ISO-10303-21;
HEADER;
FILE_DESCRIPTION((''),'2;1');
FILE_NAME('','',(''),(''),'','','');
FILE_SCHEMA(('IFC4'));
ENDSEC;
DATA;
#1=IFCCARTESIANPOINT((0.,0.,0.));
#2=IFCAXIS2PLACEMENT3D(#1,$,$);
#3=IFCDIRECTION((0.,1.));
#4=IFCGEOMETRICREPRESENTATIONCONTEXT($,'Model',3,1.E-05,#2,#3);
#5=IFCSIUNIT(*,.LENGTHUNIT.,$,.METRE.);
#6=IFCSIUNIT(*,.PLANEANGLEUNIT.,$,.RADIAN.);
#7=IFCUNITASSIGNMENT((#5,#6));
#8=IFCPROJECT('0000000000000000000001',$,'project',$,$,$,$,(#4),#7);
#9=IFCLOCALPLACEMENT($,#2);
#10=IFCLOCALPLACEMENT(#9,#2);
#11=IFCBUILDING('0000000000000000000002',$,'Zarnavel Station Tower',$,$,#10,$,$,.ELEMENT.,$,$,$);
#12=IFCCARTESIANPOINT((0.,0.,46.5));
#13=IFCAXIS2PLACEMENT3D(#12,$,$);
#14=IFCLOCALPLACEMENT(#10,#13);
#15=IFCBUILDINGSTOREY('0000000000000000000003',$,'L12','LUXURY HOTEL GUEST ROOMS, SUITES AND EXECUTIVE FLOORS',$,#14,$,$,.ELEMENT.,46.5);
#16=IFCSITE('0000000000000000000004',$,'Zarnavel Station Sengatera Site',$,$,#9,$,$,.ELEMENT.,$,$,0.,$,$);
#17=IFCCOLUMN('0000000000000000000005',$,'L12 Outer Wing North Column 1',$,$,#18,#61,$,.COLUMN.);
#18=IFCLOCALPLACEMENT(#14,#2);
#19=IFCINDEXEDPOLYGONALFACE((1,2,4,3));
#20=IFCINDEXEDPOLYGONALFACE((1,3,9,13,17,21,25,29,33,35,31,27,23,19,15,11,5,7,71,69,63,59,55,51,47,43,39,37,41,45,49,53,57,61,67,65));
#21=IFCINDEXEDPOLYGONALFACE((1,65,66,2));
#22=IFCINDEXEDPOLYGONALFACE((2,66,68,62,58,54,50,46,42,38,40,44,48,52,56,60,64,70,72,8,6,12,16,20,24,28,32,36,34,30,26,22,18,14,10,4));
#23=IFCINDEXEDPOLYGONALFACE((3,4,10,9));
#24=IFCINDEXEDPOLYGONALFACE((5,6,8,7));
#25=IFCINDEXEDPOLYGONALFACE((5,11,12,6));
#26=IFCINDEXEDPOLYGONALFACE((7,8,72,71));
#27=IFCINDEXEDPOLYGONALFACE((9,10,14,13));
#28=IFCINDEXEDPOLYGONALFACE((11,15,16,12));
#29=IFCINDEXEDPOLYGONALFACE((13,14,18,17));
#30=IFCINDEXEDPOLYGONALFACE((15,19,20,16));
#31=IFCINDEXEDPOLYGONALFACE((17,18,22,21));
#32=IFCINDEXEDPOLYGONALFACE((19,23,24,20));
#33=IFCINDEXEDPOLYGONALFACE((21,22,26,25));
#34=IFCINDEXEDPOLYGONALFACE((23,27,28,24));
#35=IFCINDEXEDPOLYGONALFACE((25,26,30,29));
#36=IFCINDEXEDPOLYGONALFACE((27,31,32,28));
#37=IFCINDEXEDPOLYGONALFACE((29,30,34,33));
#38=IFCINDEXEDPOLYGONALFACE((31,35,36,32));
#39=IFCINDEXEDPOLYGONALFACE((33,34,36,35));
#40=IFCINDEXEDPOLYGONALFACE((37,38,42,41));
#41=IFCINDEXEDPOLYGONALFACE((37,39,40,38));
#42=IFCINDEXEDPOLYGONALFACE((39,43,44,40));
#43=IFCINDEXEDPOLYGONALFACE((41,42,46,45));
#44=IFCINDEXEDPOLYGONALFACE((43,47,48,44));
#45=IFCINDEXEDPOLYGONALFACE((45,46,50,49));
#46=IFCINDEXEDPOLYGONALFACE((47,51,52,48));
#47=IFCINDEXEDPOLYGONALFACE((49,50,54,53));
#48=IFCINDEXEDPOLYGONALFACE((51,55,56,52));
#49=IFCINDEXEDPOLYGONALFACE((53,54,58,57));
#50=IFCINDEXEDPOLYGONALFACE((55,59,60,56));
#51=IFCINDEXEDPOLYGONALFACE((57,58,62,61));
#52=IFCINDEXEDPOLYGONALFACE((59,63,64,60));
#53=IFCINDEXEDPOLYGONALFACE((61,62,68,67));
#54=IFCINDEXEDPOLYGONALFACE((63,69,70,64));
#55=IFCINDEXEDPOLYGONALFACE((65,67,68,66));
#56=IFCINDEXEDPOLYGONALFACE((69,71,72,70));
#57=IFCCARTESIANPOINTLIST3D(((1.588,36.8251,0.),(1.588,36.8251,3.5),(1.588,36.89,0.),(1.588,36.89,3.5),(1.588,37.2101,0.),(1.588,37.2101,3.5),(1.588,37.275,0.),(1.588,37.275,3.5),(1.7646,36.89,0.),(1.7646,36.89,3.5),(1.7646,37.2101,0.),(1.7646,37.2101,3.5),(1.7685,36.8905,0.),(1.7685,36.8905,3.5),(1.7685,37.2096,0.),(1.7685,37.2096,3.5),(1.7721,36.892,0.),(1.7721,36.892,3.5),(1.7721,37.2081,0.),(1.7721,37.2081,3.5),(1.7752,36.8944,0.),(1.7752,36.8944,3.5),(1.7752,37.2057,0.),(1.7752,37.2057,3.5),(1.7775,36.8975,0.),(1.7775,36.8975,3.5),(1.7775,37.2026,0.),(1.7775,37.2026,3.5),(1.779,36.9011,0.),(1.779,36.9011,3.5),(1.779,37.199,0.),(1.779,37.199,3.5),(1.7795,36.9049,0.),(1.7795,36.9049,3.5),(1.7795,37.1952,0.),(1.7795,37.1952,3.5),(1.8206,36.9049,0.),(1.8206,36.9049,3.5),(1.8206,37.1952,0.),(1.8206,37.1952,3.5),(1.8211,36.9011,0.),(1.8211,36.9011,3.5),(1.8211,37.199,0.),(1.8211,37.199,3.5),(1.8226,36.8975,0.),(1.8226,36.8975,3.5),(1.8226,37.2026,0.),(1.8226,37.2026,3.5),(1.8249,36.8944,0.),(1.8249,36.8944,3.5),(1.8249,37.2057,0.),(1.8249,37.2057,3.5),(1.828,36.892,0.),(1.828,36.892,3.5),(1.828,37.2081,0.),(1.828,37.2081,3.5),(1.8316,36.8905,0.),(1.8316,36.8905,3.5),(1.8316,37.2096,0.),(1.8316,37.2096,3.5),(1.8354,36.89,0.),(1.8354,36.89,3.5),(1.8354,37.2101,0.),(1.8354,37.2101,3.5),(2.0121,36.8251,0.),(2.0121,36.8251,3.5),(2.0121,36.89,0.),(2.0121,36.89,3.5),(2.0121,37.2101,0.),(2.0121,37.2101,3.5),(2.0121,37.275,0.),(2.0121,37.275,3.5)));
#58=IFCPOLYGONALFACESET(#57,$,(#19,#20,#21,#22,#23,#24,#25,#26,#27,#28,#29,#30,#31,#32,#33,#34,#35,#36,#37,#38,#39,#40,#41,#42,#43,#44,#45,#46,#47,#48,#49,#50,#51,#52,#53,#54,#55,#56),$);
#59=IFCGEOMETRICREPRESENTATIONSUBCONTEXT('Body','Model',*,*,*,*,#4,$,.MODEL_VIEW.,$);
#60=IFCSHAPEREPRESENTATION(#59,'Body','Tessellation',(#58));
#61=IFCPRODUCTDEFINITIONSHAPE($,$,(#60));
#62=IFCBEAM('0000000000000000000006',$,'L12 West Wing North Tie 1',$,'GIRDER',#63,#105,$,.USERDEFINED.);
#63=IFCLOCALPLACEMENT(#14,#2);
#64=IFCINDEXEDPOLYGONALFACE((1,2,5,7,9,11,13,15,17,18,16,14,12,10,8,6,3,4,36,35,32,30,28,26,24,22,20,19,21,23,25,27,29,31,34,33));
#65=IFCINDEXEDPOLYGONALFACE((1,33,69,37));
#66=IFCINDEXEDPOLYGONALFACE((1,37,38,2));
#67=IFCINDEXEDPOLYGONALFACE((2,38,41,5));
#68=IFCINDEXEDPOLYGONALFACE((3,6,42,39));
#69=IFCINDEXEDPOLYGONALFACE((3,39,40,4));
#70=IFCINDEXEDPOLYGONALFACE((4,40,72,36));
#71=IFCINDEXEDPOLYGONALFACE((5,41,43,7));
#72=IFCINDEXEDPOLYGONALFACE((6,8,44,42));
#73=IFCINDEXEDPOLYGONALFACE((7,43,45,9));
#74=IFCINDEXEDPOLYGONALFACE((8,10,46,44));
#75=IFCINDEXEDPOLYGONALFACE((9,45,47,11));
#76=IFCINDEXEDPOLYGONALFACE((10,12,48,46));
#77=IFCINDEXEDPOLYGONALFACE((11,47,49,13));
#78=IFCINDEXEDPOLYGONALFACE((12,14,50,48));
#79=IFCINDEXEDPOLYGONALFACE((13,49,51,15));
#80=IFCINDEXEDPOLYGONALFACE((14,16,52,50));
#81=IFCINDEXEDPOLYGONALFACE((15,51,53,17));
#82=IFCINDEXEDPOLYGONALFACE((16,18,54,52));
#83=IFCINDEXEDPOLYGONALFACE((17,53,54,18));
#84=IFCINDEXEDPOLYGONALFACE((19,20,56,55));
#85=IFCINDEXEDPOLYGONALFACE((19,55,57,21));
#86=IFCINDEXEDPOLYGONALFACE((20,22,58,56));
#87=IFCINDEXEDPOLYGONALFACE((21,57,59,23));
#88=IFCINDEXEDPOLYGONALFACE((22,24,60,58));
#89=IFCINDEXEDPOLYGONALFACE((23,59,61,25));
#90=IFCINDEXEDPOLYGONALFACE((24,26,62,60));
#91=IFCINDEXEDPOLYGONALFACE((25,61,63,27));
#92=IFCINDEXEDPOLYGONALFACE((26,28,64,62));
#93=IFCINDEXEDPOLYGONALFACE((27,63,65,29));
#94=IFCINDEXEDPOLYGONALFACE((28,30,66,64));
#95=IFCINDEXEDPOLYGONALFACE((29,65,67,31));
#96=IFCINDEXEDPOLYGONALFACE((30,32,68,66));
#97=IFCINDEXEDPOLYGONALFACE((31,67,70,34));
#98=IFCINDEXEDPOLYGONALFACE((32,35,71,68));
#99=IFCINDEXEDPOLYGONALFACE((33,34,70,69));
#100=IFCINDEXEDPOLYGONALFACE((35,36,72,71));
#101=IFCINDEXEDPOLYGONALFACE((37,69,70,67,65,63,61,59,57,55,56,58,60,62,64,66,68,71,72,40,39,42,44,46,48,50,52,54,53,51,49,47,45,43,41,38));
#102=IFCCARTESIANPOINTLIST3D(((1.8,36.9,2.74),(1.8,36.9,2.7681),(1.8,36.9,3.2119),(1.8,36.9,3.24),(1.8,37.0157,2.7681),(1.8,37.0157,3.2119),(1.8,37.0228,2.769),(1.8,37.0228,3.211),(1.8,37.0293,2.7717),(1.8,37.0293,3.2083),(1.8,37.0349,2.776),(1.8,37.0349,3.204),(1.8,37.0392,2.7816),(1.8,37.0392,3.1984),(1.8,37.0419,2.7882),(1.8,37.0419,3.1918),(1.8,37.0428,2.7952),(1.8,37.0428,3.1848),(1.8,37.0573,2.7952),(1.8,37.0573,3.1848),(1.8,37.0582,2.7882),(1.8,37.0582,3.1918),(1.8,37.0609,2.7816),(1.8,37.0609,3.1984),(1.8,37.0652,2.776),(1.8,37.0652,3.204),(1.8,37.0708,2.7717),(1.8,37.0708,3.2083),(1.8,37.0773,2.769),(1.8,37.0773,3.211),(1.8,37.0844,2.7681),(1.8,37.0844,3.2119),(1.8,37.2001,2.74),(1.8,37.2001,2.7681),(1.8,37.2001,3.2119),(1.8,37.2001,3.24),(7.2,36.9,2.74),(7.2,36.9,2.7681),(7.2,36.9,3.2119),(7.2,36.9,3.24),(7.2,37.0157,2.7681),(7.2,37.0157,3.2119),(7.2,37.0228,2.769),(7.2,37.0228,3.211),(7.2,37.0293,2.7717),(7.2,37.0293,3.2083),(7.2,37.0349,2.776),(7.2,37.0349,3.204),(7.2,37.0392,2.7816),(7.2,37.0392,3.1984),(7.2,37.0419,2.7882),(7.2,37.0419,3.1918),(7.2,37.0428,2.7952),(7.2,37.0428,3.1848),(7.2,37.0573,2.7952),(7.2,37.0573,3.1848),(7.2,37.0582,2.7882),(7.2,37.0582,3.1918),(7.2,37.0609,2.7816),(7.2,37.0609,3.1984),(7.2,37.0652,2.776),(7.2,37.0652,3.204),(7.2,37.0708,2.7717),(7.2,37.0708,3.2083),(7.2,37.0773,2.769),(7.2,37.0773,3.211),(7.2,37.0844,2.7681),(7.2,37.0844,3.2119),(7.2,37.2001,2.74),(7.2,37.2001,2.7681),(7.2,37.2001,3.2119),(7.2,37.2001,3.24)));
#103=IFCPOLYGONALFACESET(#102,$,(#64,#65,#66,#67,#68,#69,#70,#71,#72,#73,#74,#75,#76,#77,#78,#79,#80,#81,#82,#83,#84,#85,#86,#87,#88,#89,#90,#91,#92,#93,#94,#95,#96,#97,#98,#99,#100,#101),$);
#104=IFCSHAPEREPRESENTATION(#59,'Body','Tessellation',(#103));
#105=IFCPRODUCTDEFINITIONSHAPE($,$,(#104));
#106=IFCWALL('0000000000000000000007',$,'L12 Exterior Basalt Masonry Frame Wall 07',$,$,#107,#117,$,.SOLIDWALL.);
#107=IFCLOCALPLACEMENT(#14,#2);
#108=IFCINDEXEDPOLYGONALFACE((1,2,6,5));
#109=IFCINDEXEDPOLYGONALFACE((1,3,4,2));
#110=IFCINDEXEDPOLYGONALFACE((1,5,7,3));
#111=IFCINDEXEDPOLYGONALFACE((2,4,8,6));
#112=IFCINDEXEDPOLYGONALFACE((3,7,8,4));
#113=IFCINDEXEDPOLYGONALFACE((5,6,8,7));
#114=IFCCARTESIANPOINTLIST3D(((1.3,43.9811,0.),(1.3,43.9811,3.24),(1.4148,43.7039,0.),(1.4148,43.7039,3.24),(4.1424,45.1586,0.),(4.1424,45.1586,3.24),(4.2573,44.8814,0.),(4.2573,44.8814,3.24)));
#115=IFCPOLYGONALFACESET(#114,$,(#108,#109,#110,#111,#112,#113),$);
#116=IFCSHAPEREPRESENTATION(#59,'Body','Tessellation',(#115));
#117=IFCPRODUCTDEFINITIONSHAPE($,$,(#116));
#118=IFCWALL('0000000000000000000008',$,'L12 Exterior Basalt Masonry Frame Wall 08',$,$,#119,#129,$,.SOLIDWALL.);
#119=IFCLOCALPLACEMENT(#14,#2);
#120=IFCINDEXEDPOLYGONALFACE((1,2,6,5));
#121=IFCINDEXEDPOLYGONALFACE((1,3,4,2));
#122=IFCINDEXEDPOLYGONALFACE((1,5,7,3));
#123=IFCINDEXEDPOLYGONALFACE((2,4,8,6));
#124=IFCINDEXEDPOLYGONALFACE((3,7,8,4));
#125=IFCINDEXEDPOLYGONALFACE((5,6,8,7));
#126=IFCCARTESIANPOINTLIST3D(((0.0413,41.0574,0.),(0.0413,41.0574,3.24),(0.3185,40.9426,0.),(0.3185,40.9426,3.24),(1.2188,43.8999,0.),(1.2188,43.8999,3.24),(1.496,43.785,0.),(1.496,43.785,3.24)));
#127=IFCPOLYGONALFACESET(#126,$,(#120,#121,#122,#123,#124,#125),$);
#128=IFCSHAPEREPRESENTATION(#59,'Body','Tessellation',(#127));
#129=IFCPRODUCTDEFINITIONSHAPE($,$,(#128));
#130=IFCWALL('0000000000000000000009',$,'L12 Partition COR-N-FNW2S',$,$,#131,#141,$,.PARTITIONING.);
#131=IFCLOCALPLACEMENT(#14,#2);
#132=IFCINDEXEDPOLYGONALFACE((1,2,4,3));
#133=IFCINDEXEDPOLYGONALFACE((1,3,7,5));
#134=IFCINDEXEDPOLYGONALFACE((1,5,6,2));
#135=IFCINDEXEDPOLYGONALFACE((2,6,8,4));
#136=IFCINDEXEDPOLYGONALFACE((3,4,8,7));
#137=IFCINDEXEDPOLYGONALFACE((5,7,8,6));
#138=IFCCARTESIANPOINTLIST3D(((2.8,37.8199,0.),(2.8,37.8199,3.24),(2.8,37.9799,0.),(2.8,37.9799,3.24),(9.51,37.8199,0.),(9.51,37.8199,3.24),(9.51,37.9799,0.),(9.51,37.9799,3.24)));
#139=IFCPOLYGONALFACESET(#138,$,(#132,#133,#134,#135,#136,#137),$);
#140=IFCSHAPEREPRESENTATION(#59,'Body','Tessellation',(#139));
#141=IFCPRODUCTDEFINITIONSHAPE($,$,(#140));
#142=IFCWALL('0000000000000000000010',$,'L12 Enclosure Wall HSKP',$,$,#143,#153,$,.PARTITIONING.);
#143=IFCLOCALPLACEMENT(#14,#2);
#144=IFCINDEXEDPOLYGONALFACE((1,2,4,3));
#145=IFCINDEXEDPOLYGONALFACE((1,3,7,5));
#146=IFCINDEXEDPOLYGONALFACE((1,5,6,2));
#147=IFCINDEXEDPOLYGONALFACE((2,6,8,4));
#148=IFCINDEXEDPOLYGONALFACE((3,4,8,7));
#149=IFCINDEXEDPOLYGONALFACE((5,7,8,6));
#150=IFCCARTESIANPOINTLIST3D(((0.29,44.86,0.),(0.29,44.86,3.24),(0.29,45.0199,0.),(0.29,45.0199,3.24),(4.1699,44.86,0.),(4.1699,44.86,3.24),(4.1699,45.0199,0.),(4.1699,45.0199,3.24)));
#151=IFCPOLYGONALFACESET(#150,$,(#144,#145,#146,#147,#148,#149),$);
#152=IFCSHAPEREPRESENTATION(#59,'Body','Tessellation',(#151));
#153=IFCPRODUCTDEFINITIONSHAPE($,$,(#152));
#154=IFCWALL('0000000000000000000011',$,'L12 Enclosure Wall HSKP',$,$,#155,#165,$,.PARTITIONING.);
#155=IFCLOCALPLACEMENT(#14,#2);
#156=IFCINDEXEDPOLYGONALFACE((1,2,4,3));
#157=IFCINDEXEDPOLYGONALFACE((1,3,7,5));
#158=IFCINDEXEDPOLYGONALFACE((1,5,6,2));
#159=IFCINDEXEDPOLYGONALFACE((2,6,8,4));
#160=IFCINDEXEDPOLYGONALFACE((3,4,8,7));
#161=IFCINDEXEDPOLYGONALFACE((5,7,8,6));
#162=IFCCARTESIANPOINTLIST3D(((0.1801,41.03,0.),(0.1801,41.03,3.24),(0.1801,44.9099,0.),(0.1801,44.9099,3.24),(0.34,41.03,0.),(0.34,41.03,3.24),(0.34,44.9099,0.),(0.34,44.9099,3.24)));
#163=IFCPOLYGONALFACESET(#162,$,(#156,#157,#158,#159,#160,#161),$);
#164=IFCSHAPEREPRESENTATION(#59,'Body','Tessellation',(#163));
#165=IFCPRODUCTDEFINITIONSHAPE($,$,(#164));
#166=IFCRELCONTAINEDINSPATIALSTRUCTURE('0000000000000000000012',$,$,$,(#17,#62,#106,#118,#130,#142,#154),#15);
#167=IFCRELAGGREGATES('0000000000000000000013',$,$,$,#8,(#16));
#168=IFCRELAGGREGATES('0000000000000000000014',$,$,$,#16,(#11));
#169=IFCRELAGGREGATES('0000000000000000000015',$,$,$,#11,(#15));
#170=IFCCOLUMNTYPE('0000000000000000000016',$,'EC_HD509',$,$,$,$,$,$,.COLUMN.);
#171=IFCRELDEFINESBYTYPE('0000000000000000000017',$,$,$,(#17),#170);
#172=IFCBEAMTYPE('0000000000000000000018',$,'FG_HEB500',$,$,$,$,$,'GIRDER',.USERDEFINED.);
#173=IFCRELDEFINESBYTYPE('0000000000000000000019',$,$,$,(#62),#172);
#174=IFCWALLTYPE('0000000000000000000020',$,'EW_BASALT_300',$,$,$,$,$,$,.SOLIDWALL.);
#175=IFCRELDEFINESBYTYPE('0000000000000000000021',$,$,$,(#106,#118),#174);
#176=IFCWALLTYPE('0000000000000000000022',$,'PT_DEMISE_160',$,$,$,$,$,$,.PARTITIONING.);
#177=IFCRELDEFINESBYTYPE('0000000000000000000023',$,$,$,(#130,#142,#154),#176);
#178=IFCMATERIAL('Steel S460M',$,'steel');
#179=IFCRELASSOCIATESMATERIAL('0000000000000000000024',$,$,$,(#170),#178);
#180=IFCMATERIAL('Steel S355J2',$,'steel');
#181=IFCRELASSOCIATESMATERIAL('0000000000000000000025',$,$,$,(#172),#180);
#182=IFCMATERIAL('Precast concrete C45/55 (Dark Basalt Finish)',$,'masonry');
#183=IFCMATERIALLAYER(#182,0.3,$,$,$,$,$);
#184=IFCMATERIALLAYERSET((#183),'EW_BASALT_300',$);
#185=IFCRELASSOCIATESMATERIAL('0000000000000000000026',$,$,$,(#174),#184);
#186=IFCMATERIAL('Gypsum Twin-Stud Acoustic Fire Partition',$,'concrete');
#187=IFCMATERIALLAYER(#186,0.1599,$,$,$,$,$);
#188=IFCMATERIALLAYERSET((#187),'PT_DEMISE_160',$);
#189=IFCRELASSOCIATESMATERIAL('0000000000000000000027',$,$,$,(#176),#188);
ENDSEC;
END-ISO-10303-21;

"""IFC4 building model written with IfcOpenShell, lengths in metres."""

from ifc_helpers import new_model, si_unit, direction, frame, frame_2d, origin, origin_2d, place, context, subcontext, project, spatial, rectangle, i_section, extrude, material, layer, layer_set, material_profile, profile_set, type_object, element, save


model = new_model("IFC4")

# Units and contexts
model_context = context("Model", 3, precision=1e-05, world=origin(), true_north=direction((0.0, 1.0)))
body_context = subcontext(model_context, "Body", "Model", "MODEL_VIEW")
ifc_project = project(units=[si_unit("LENGTHUNIT", "METRE"), si_unit("PLANEANGLEUNIT", "RADIAN")], contexts=[model_context])

# Site, building, storey
site_placement = place(None, origin())
site = spatial("IfcSite", under=ifc_project, at=site_placement, Name="Zarnavel Station Sengatera Site", CompositionType="ELEMENT", RefElevation=0.0)
building_placement = place(site_placement, origin())
building = spatial("IfcBuilding", under=site, at=building_placement, Name="Zarnavel Station Tower", CompositionType="ELEMENT")
storey_placement = place(building_placement, frame((0.0, 0.0, 46.5)))
storey = spatial("IfcBuildingStorey", under=building, at=storey_placement, Name="L12", Description="LUXURY HOTEL GUEST ROOMS, SUITES AND EXECUTIVE FLOORS", CompositionType="ELEMENT", Elevation=46.5)

# Column
ifc_material_1 = material(Name="Steel S460M", Category="steel")
ifc_material_profile_1 = material_profile(ifc_material_1, i_section(OverallWidth=0.4241, OverallDepth=0.45, WebThickness=0.041, FlangeThickness=0.0649, FilletRadius=0.0149, at=origin_2d()), Name="HD400x509")
ifc_profile_set_1 = profile_set([ifc_material_profile_1], Name="Steel S460M")
column_type = type_object("IfcColumnType", Name="EC_HD509", PredefinedType="COLUMN", material=ifc_profile_set_1)
column_placement = place(storey_placement, frame((1.8, 37.05, 0.0), z_axis=(0.0, 0.0, 1.0), x_axis=(1.0, 0.0, 0.0)))
element("IfcColumn", 1, at=column_placement, inside=storey, type_object=column_type, Name="L12 Outer Wing North Column 1", PredefinedType="COLUMN", context=body_context, shape_type="SweptSolid", body=[
    extrude(i_section(OverallWidth=0.4241, OverallDepth=0.45, WebThickness=0.041, FlangeThickness=0.0649, FilletRadius=0.0149, at=origin_2d()), origin(), (0.0, 0.0, 1.0), 3.5),
])

# Beam
ifc_material_2 = material(Name="Steel S355J2", Category="steel")
ifc_material_profile_2 = material_profile(ifc_material_2, i_section(OverallWidth=0.3, OverallDepth=0.5, WebThickness=0.0144, FlangeThickness=0.0281, FilletRadius=0.0271, at=origin_2d()), Name="HEB500")
ifc_profile_set_2 = profile_set([ifc_material_profile_2], Name="Steel S355J2")
beam_type = type_object("IfcBeamType", Name="FG_HEB500", ElementType="GIRDER", PredefinedType="USERDEFINED", material=ifc_profile_set_2)
beam_placement = place(storey_placement, frame((1.8, 37.05, 2.99), z_axis=(1.0, 0.0, 0.0), x_axis=(0.0, 1.0, 0.0)))
element("IfcBeam", 2, at=beam_placement, inside=storey, type_object=beam_type, Name="L12 West Wing North Tie 1", ObjectType="GIRDER", PredefinedType="USERDEFINED", context=body_context, shape_type="SweptSolid", body=[
    extrude(i_section(OverallWidth=0.3, OverallDepth=0.5, WebThickness=0.0144, FlangeThickness=0.0281, FilletRadius=0.0271, at=origin_2d()), origin(), (0.0, 0.0, 1.0), 5.3999),
])

# Shared definitions
ifc_material_3 = material(Name="Precast concrete C45/55 (Dark Basalt Finish)", Category="masonry")
ifc_layer_1 = layer(ifc_material_3, 0.3)
ifc_layer_set_1 = layer_set([ifc_layer_1], Name="EW_BASALT_300")
wall_type_1 = type_object("IfcWallType", Name="EW_BASALT_300", PredefinedType="SOLIDWALL", material=ifc_layer_set_1)

# Walls
for number, where, z_axis, x_axis, name in (
    (3, (1.3574, 43.8425, 0.0), (0.0, 0.0, 1.0), (0.923871, 0.382705, 0.0), "L12 Exterior Basalt Masonry Frame Wall 07"),
    (4, (0.1799, 41.0, 0.0), (0.0, 0.0, 1.0), (0.382705, 0.923871, 0.0), "L12 Exterior Basalt Masonry Frame Wall 08"),
):
    element("IfcWall", number, at=place(storey_placement, frame(where, z_axis=z_axis, x_axis=x_axis)), inside=storey, type_object=wall_type_1, Name=name, PredefinedType="SOLIDWALL", context=body_context, shape_type="SweptSolid", body=[
        extrude(rectangle(XDim=3.0767, YDim=0.3, at=frame_2d((1.5383, 0.0))), origin(), (0.0, 0.0, 1.0), 3.24),
    ])
ifc_material_4 = material(Name="Gypsum Twin-Stud Acoustic Fire Partition", Category="concrete")
ifc_layer_2 = layer(ifc_material_4, 0.1599)
ifc_layer_set_2 = layer_set([ifc_layer_2], Name="PT_DEMISE_160")
wall_type_2 = type_object("IfcWallType", Name="PT_DEMISE_160", PredefinedType="PARTITIONING", material=ifc_layer_set_2)
wall_1_placement = place(storey_placement, frame((2.8, 37.8999, 0.0), z_axis=(0.0, 0.0, 1.0), x_axis=(1.0, 0.0, 0.0)))
element("IfcWall", 5, at=wall_1_placement, inside=storey, type_object=wall_type_2, Name="L12 Partition COR-N-FNW2S", PredefinedType="PARTITIONING", context=body_context, shape_type="SweptSolid", body=[
    extrude(rectangle(XDim=6.71, YDim=0.1599, at=frame_2d((3.355, 0.0))), origin(), (0.0, 0.0, 1.0), 3.24),
])
for number, where, z_axis, x_axis, name in (
    (6, (0.29, 44.9399, 0.0), (0.0, 0.0, 1.0), (1.0, 0.0, 0.0), "L12 Enclosure Wall HSKP"),
    (7, (0.26, 41.03, 0.0), (0.0, 0.0, 1.0), (0.0, 1.0, 0.0), "L12 Enclosure Wall HSKP"),
):
    element("IfcWall", number, at=place(storey_placement, frame(where, z_axis=z_axis, x_axis=x_axis)), inside=storey, type_object=wall_type_2, Name=name, PredefinedType="PARTITIONING", context=body_context, shape_type="SweptSolid", body=[
        extrude(rectangle(XDim=3.8799, YDim=0.1599, at=frame_2d((1.9399, 0.0))), origin(), (0.0, 0.0, 1.0), 3.24),
    ])

save(model, "model.ifc")
